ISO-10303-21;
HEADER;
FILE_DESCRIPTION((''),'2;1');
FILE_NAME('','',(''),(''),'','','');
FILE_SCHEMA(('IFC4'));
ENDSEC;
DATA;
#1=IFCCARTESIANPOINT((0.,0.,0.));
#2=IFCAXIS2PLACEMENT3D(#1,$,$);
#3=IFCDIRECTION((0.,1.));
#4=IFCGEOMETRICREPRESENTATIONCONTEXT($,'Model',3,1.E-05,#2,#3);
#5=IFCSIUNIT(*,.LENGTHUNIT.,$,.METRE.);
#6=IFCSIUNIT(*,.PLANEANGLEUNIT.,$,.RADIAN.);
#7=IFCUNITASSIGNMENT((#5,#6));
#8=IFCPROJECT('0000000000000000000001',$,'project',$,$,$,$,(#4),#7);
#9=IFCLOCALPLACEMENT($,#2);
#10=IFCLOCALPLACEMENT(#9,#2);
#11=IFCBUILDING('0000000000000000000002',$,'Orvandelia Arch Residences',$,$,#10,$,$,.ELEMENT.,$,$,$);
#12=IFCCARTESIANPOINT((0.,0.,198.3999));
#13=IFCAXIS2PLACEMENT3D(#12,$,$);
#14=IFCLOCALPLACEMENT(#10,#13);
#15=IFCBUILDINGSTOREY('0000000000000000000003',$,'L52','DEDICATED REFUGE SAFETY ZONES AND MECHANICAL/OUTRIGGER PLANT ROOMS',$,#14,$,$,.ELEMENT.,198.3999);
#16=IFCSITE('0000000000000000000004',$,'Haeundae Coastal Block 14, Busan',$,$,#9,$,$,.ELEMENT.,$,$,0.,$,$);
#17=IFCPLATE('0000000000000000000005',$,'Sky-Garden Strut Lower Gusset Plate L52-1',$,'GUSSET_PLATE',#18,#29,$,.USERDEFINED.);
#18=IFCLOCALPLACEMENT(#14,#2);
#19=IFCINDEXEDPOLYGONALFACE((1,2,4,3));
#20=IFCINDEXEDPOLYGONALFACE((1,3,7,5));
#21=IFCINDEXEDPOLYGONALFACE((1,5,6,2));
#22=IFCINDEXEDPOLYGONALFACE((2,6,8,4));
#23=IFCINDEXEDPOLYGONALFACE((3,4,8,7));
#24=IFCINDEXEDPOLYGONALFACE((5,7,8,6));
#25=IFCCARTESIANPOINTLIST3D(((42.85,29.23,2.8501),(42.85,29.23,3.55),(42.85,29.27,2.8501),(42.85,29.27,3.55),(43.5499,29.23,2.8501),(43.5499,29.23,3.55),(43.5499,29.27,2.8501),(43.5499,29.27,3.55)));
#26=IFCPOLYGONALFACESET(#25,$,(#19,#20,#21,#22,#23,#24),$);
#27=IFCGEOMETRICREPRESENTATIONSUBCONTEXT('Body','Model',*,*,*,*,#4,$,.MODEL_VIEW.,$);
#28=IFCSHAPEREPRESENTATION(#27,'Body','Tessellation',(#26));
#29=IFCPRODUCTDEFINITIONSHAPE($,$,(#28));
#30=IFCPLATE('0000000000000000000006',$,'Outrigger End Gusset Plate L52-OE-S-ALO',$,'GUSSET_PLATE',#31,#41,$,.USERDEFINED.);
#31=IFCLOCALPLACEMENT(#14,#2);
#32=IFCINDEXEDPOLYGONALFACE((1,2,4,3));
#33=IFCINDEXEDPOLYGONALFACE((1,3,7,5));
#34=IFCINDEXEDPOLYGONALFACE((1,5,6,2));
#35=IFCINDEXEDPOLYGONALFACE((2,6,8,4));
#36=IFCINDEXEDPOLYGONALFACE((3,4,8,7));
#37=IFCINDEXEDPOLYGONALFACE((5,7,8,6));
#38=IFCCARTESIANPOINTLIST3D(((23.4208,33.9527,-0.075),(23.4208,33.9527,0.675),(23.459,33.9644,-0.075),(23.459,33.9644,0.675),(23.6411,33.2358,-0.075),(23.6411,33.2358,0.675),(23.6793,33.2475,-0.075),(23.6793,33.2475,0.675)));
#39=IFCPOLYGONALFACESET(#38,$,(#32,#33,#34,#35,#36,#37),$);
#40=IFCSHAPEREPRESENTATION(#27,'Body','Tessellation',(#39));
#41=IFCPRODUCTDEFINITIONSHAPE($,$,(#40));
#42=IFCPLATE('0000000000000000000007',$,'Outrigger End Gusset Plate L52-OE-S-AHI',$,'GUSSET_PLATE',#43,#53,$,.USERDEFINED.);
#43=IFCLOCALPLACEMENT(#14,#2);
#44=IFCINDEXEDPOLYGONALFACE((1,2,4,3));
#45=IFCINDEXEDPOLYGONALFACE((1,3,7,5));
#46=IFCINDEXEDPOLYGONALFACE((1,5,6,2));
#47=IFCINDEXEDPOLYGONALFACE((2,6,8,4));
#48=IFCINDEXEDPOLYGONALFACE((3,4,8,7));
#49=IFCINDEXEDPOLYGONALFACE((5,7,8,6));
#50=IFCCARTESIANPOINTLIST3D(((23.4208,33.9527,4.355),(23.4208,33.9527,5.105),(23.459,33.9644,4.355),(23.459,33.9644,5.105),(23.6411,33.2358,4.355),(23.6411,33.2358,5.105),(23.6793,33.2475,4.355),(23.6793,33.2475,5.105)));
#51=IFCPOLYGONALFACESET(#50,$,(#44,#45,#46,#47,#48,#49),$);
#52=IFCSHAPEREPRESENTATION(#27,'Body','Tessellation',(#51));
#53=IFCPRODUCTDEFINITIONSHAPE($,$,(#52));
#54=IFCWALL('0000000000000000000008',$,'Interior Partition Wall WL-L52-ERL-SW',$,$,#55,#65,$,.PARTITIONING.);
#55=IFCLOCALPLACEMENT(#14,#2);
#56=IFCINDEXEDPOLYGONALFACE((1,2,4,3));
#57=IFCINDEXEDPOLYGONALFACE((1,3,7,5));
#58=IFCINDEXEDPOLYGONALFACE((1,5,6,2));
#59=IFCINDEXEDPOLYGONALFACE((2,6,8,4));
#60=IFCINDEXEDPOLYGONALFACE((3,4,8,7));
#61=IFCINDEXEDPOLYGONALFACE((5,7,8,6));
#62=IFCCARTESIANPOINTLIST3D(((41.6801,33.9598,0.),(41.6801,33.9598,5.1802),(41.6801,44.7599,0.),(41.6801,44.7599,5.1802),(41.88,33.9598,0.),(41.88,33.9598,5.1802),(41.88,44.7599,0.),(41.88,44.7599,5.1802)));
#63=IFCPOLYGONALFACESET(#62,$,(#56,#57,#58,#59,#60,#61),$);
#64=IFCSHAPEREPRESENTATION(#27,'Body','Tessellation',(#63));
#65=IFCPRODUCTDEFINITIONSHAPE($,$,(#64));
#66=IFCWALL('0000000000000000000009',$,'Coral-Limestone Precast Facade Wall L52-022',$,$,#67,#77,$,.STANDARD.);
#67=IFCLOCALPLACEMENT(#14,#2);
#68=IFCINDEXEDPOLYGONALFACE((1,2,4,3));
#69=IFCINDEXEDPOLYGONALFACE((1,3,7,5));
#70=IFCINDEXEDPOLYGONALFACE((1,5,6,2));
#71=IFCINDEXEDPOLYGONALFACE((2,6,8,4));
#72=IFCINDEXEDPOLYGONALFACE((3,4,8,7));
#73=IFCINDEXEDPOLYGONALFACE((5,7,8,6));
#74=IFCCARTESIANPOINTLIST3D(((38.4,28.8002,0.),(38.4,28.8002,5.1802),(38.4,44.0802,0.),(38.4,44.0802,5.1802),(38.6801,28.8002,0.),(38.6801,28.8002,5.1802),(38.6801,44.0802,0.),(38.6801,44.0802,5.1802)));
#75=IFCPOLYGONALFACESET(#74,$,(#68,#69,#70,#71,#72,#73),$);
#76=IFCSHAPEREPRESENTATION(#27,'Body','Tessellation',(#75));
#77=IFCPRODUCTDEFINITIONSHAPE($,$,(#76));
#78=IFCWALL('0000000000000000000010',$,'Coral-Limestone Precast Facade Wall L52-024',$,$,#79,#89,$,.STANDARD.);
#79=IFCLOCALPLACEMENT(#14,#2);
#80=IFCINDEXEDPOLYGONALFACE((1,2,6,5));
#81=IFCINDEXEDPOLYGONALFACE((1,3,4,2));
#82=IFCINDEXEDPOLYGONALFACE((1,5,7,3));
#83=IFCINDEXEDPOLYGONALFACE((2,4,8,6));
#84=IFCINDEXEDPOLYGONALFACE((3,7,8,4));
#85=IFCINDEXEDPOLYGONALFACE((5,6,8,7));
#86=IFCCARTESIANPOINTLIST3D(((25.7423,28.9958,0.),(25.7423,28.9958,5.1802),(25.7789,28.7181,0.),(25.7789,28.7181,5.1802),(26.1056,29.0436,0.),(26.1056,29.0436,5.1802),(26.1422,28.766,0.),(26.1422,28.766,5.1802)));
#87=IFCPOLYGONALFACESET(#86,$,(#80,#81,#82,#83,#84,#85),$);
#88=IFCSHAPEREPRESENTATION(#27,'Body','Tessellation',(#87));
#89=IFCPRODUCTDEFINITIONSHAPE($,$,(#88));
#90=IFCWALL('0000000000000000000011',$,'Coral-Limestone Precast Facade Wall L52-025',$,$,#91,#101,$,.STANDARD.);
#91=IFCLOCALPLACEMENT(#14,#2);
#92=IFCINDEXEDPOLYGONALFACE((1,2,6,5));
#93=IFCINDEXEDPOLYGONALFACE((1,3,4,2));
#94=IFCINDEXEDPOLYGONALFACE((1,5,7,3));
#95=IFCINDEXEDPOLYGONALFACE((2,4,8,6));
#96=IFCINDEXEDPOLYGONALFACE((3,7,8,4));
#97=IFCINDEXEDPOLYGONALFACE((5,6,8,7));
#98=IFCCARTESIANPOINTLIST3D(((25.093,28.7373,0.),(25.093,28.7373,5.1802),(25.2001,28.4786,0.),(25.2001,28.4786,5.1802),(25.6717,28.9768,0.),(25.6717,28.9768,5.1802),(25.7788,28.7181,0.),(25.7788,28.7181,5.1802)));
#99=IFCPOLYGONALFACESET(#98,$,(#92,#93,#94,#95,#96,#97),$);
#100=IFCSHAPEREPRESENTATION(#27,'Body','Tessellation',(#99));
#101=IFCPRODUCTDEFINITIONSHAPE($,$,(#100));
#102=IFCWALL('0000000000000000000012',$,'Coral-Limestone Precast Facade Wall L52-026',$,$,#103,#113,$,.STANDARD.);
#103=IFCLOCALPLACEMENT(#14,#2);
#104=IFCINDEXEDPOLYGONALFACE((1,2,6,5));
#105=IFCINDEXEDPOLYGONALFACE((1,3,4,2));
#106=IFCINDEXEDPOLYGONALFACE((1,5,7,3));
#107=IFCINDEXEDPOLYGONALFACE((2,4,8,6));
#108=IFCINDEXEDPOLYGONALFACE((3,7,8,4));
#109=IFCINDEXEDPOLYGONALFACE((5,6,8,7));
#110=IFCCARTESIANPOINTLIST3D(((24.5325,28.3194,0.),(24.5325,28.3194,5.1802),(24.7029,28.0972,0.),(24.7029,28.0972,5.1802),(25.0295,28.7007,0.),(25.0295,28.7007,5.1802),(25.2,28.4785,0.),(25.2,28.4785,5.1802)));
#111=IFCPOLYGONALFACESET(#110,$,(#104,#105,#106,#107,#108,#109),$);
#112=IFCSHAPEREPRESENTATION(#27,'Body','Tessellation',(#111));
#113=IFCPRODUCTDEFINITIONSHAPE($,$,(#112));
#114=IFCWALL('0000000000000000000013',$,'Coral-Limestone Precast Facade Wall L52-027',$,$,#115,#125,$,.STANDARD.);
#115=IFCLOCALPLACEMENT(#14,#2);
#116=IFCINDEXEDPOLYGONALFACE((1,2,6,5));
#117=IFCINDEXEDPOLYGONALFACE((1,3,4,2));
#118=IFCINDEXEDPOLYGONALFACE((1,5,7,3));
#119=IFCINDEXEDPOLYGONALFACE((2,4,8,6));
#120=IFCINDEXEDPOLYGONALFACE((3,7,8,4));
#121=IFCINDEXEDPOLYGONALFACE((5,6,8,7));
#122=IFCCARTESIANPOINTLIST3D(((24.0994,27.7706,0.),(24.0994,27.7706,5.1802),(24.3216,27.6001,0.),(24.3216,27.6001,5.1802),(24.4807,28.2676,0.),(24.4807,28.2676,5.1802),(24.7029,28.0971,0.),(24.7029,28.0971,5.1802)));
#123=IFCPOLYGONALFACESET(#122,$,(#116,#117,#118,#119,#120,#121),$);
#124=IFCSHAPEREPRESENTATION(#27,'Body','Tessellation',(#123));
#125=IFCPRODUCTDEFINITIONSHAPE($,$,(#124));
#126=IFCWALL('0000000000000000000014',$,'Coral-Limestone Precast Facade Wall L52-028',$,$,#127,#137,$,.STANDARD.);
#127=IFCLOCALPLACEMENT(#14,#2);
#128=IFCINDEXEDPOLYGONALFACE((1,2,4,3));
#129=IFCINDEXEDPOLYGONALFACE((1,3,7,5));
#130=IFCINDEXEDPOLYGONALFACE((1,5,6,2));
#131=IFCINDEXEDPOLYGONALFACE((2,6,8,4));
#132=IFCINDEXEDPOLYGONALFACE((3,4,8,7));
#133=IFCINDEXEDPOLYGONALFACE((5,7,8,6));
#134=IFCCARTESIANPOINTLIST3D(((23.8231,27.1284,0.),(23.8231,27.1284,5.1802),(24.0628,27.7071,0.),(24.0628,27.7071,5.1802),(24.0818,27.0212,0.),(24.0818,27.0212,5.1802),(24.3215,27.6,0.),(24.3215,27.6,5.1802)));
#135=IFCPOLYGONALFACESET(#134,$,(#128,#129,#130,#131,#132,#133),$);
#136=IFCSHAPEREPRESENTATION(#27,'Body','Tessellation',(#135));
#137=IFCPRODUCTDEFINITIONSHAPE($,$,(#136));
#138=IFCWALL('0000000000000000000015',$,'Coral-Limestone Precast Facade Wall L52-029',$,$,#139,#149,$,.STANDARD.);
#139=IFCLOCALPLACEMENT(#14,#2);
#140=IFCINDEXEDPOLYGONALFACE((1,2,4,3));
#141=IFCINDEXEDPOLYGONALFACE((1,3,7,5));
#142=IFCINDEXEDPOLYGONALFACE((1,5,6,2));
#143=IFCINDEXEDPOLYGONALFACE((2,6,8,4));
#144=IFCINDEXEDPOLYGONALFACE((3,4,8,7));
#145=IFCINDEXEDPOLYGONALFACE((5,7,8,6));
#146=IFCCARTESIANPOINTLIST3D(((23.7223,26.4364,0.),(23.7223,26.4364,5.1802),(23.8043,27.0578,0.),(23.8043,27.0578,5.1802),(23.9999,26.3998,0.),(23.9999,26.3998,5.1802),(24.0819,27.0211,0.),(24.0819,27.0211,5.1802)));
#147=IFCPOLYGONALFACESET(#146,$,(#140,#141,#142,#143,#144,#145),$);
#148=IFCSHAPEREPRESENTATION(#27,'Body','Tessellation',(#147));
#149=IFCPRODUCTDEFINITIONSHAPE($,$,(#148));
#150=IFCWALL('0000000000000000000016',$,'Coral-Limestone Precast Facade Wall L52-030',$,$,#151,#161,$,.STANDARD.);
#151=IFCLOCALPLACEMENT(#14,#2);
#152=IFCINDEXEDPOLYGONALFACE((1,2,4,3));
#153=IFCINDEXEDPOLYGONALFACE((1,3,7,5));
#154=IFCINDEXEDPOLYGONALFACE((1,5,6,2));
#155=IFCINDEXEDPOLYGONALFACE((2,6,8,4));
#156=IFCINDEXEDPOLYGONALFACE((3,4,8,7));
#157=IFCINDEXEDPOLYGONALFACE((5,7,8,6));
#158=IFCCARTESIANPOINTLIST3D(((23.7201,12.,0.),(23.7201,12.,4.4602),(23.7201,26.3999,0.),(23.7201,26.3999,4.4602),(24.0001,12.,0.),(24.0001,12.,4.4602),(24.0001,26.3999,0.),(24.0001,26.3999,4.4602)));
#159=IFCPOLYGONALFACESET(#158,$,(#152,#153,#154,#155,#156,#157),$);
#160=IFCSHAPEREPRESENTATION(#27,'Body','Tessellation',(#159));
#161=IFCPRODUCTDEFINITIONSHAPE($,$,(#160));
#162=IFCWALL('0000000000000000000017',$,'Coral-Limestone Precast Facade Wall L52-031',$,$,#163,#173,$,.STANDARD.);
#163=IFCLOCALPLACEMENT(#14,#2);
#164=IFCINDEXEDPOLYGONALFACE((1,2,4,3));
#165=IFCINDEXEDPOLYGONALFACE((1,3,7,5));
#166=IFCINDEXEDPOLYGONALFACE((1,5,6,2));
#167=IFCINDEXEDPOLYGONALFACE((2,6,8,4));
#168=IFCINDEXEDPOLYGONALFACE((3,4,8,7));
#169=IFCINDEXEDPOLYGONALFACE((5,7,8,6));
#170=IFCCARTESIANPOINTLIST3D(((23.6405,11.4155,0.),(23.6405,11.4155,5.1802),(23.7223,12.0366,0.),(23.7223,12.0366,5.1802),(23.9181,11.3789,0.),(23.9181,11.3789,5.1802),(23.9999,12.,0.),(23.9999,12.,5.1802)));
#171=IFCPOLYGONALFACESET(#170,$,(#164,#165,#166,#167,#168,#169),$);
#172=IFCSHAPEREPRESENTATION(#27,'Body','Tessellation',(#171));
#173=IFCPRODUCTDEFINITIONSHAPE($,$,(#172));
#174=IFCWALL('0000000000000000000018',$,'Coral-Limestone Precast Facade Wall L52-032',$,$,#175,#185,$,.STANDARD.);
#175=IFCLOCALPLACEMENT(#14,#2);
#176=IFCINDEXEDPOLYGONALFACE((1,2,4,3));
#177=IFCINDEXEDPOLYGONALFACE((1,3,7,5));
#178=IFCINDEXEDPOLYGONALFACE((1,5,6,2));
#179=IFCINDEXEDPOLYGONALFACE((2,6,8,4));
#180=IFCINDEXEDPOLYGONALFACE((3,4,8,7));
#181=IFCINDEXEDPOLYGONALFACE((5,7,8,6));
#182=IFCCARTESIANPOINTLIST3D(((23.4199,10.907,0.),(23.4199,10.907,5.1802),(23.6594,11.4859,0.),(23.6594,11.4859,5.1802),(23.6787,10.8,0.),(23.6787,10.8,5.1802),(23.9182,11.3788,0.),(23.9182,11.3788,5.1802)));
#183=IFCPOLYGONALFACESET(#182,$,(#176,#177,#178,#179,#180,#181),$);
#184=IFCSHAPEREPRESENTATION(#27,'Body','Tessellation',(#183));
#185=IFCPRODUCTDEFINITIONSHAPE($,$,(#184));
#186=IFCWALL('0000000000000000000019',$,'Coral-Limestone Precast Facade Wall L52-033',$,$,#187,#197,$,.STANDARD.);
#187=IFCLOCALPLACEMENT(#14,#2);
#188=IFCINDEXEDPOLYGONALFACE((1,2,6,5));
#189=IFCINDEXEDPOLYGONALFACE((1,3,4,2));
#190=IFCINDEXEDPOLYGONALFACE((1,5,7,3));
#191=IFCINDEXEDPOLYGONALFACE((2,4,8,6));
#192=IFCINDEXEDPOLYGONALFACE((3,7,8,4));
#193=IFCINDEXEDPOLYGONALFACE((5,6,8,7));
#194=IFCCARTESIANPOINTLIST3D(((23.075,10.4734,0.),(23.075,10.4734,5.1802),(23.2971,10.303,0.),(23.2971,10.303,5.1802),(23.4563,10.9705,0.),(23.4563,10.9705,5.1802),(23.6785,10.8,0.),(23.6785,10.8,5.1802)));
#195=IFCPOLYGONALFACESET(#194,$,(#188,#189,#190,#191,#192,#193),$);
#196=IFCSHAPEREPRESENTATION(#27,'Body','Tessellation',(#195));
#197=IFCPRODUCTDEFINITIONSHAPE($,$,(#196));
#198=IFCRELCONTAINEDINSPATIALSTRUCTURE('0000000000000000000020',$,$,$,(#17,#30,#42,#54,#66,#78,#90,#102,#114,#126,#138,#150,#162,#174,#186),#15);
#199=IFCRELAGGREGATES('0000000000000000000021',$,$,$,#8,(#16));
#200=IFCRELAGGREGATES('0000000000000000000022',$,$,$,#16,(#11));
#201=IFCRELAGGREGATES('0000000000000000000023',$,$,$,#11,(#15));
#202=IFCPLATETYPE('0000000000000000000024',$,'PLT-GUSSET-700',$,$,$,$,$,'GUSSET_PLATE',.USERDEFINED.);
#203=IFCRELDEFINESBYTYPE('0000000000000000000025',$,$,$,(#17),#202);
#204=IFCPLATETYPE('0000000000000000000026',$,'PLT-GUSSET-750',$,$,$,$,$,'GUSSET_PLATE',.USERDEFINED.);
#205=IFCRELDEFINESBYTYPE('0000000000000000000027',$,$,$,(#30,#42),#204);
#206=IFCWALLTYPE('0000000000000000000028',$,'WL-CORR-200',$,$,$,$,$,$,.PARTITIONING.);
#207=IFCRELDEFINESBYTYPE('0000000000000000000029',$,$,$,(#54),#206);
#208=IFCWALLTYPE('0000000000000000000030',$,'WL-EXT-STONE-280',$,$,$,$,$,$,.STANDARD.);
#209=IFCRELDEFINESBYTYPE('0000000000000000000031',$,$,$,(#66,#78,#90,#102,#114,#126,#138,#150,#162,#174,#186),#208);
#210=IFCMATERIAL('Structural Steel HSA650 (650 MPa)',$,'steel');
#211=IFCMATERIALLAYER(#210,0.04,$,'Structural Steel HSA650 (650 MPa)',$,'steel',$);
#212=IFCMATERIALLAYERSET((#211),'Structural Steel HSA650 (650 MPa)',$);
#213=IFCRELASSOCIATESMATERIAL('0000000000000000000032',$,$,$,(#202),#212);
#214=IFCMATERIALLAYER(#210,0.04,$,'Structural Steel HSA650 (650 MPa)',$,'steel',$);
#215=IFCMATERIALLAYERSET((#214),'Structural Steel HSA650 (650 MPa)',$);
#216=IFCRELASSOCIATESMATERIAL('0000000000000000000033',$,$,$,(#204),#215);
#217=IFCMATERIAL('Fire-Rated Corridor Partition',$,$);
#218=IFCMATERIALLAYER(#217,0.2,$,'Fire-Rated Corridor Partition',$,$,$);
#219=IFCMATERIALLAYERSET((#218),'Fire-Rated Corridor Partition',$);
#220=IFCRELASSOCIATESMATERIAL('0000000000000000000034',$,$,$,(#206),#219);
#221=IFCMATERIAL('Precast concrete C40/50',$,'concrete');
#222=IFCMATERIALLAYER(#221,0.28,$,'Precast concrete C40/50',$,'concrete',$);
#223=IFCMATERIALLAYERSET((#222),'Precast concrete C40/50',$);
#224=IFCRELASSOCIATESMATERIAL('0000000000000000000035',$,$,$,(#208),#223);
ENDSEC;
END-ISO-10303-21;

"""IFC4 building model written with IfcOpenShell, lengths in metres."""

from ifc_helpers import new_model, si_unit, direction, frame, frame_2d, origin, origin_2d, place, context, subcontext, project, spatial, rectangle, extrude, material, layer, layer_set, type_object, element, save


model = new_model("IFC4")

# Units and contexts
model_context = context("Model", 3, precision=1e-05, world=origin(), true_north=direction((0.0, 1.0)))
body_context = subcontext(model_context, "Body", "Model", "MODEL_VIEW")
ifc_project = project(units=[si_unit("LENGTHUNIT", "METRE"), si_unit("PLANEANGLEUNIT", "RADIAN")], contexts=[model_context])

# Site, building, storey
site_placement = place(None, origin())
site = spatial("IfcSite", under=ifc_project, at=site_placement, Name="Haeundae Coastal Block 14, Busan", CompositionType="ELEMENT", RefElevation=0.0)
building_placement = place(site_placement, origin())
building = spatial("IfcBuilding", under=site, at=building_placement, Name="Orvandelia Arch Residences", CompositionType="ELEMENT")
storey_placement = place(building_placement, frame((0.0, 0.0, 198.3999)))
storey = spatial("IfcBuildingStorey", under=building, at=storey_placement, Name="L52", Description="DEDICATED REFUGE SAFETY ZONES AND MECHANICAL/OUTRIGGER PLANT ROOMS", CompositionType="ELEMENT", Elevation=198.3999)

# Shared definitions
ifc_material_1 = material(Name="Structural Steel HSA650 (650 MPa)", Category="steel")

# Plates
ifc_layer_1 = layer(ifc_material_1, 0.04, Name="Structural Steel HSA650 (650 MPa)", Category="steel")
ifc_layer_set_1 = layer_set([ifc_layer_1], Name="Structural Steel HSA650 (650 MPa)")
plate_type_1 = type_object("IfcPlateType", Name="PLT-GUSSET-700", ElementType="GUSSET_PLATE", PredefinedType="USERDEFINED", material=ifc_layer_set_1)
plate_placement = place(storey_placement, frame((43.2, 29.25, 2.8501), z_axis=(0.0, 0.0, 1.0), x_axis=(1.0, 0.0, 0.0)))
element("IfcPlate", 1, at=plate_placement, inside=storey, type_object=plate_type_1, Name="Sky-Garden Strut Lower Gusset Plate L52-1", ObjectType="GUSSET_PLATE", PredefinedType="USERDEFINED", context=body_context, shape_type="SweptSolid", body=[
    extrude(rectangle(XDim=0.7, YDim=0.04, at=origin_2d()), origin(), (0.0, 0.0, 1.0), 0.7),
])
ifc_layer_2 = layer(ifc_material_1, 0.04, Name="Structural Steel HSA650 (650 MPa)", Category="steel")
ifc_layer_set_2 = layer_set([ifc_layer_2], Name="Structural Steel HSA650 (650 MPa)")
plate_type_2 = type_object("IfcPlateType", Name="PLT-GUSSET-750", ElementType="GUSSET_PLATE", PredefinedType="USERDEFINED", material=ifc_layer_set_2)
for number, where, z_axis, x_axis, name in (
    (2, (23.55, 33.6001, -0.075), (0.0, 0.0, 1.0), (-0.293757, 0.95588, 0.0), "Outrigger End Gusset Plate L52-OE-S-ALO"),
    (3, (23.55, 33.6001, 4.355), (0.0, 0.0, 1.0), (-0.293757, 0.95588, 0.0), "Outrigger End Gusset Plate L52-OE-S-AHI"),
):
    element("IfcPlate", number, at=place(storey_placement, frame(where, z_axis=z_axis, x_axis=x_axis)), inside=storey, type_object=plate_type_2, Name=name, ObjectType="GUSSET_PLATE", PredefinedType="USERDEFINED", context=body_context, shape_type="SweptSolid", body=[
        extrude(rectangle(XDim=0.75, YDim=0.04, at=origin_2d()), origin(), (0.0, 0.0, 1.0), 0.75),
    ])

# Walls
ifc_material_2 = material(Name="Fire-Rated Corridor Partition")
ifc_layer_3 = layer(ifc_material_2, 0.2, Name="Fire-Rated Corridor Partition")
ifc_layer_set_3 = layer_set([ifc_layer_3], Name="Fire-Rated Corridor Partition")
wall_type_1 = type_object("IfcWallType", Name="WL-CORR-200", PredefinedType="PARTITIONING", material=ifc_layer_set_3)
wall_1_placement = place(storey_placement, frame((41.78, 33.96, 0.0), z_axis=(0.0, 0.0, 1.0), x_axis=(0.0, 1.0, 0.0)))
element("IfcWall", 4, at=wall_1_placement, inside=storey, type_object=wall_type_1, Name="Interior Partition Wall WL-L52-ERL-SW", PredefinedType="PARTITIONING", context=body_context, shape_type="SweptSolid", body=[
    extrude(rectangle(XDim=10.8, YDim=0.2, at=frame_2d((5.3999, 0.0))), origin(), (0.0, 0.0, 1.0), 5.1802),
])
ifc_material_3 = material(Name="Precast concrete C40/50", Category="concrete")
ifc_layer_4 = layer(ifc_material_3, 0.28, Name="Precast concrete C40/50", Category="concrete")
ifc_layer_set_4 = layer_set([ifc_layer_4], Name="Precast concrete C40/50")
wall_type_2 = type_object("IfcWallType", Name="WL-EXT-STONE-280", PredefinedType="STANDARD", material=ifc_layer_set_4)
wall_2_placement = place(storey_placement, frame((38.54, 28.8, 0.0), z_axis=(0.0, 0.0, 1.0), x_axis=(0.0, 1.0, 0.0)))
element("IfcWall", 5, at=wall_2_placement, inside=storey, type_object=wall_type_2, Name="Coral-Limestone Precast Facade Wall L52-022", PredefinedType="STANDARD", context=body_context, shape_type="SweptSolid", body=[
    extrude(rectangle(XDim=15.28, YDim=0.28, at=frame_2d((7.6401, 0.0))), origin(), (0.0, 0.0, 1.0), 5.1802),
])
wall_3_placement = place(storey_placement, frame((26.1238, 28.9048, 0.0), z_axis=(0.0, 0.0, 1.0), x_axis=(-0.991436, -0.130592, 0.0)))
element("IfcWall", 6, at=wall_3_placement, inside=storey, type_object=wall_type_2, Name="Coral-Limestone Precast Facade Wall L52-024", PredefinedType="STANDARD", context=body_context, shape_type="SweptSolid", body=[
    extrude(rectangle(XDim=0.3665, YDim=0.28, at=frame_2d((0.1831, 0.0))), origin(), (0.0, 0.0, 1.0), 5.1802),
])
wall_4_placement = place(storey_placement, frame((25.7251, 28.8474, 0.0), z_axis=(0.0, 0.0, 1.0), x_axis=(-0.923974, -0.382455, 0.0)))
element("IfcWall", 7, at=wall_4_placement, inside=storey, type_object=wall_type_2, Name="Coral-Limestone Precast Facade Wall L52-025", PredefinedType="STANDARD", context=body_context, shape_type="SweptSolid", body=[
    extrude(rectangle(XDim=0.6262, YDim=0.28, at=frame_2d((0.313, 0.0))), origin(), (0.0, 0.0, 1.0), 5.1802),
])
for number, where, z_axis, x_axis, name in (
    (8, (25.1147, 28.5896, 0.0), (0.0, 0.0, 1.0), (-0.793406, -0.608693, 0.0), "Coral-Limestone Precast Facade Wall L52-026"),
    (9, (24.5918, 28.1824, 0.0), (0.0, 0.0, 1.0), (-0.608693, -0.793406, 0.0), "Coral-Limestone Precast Facade Wall L52-027"),
    (10, (24.1921, 27.6536, 0.0), (0.0, 0.0, 1.0), (-0.38265, -0.923893, 0.0), "Coral-Limestone Precast Facade Wall L52-028"),
):
    element("IfcWall", number, at=place(storey_placement, frame(where, z_axis=z_axis, x_axis=x_axis)), inside=storey, type_object=wall_type_2, Name=name, PredefinedType="STANDARD", context=body_context, shape_type="SweptSolid", body=[
        extrude(rectangle(XDim=0.6265, YDim=0.28, at=frame_2d((0.3132, 0.0))), origin(), (0.0, 0.0, 1.0), 5.1802),
    ])
wall_5_placement = place(storey_placement, frame((23.9431, 27.0396, 0.0), z_axis=(0.0, 0.0, 1.0), x_axis=(-0.130888, -0.991397, 0.0)))
element("IfcWall", 11, at=wall_5_placement, inside=storey, type_object=wall_type_2, Name="Coral-Limestone Precast Facade Wall L52-029", PredefinedType="STANDARD", context=body_context, shape_type="SweptSolid", body=[
    extrude(rectangle(XDim=0.6267, YDim=0.28, at=frame_2d((0.3135, 0.0))), origin(), (0.0, 0.0, 1.0), 5.1802),
])
wall_6_placement = place(storey_placement, frame((23.8601, 26.3999, 0.0), z_axis=(0.0, 0.0, 1.0), x_axis=(0.0, -1.0, 0.0)))
element("IfcWall", 12, at=wall_6_placement, inside=storey, type_object=wall_type_2, Name="Coral-Limestone Precast Facade Wall L52-030", PredefinedType="STANDARD", context=body_context, shape_type="SweptSolid", body=[
    extrude(rectangle(XDim=14.3999, YDim=0.28, at=frame_2d((7.2, 0.0))), origin(), (0.0, 0.0, 1.0), 4.4602),
])
for number, where, z_axis, x_axis, name in (
    (13, (23.8611, 12.0183, 0.0), (0.0, 0.0, 1.0), (-0.130555, -0.991441, 0.0), "Coral-Limestone Precast Facade Wall L52-031"),
    (14, (23.7888, 11.4324, 0.0), (0.0, 0.0, 1.0), (-0.382317, -0.924031, 0.0), "Coral-Limestone Precast Facade Wall L52-032"),
    (15, (23.5674, 10.8853, 0.0), (0.0, 0.0, 1.0), (-0.608693, -0.793406, 0.0), "Coral-Limestone Precast Facade Wall L52-033"),
):
    element("IfcWall", number, at=place(storey_placement, frame(where, z_axis=z_axis, x_axis=x_axis)), inside=storey, type_object=wall_type_2, Name=name, PredefinedType="STANDARD", context=body_context, shape_type="SweptSolid", body=[
        extrude(rectangle(XDim=0.6265, YDim=0.28, at=frame_2d((0.3132, 0.0))), origin(), (0.0, 0.0, 1.0), 5.1802),
    ])

save(model, "model.ifc")
